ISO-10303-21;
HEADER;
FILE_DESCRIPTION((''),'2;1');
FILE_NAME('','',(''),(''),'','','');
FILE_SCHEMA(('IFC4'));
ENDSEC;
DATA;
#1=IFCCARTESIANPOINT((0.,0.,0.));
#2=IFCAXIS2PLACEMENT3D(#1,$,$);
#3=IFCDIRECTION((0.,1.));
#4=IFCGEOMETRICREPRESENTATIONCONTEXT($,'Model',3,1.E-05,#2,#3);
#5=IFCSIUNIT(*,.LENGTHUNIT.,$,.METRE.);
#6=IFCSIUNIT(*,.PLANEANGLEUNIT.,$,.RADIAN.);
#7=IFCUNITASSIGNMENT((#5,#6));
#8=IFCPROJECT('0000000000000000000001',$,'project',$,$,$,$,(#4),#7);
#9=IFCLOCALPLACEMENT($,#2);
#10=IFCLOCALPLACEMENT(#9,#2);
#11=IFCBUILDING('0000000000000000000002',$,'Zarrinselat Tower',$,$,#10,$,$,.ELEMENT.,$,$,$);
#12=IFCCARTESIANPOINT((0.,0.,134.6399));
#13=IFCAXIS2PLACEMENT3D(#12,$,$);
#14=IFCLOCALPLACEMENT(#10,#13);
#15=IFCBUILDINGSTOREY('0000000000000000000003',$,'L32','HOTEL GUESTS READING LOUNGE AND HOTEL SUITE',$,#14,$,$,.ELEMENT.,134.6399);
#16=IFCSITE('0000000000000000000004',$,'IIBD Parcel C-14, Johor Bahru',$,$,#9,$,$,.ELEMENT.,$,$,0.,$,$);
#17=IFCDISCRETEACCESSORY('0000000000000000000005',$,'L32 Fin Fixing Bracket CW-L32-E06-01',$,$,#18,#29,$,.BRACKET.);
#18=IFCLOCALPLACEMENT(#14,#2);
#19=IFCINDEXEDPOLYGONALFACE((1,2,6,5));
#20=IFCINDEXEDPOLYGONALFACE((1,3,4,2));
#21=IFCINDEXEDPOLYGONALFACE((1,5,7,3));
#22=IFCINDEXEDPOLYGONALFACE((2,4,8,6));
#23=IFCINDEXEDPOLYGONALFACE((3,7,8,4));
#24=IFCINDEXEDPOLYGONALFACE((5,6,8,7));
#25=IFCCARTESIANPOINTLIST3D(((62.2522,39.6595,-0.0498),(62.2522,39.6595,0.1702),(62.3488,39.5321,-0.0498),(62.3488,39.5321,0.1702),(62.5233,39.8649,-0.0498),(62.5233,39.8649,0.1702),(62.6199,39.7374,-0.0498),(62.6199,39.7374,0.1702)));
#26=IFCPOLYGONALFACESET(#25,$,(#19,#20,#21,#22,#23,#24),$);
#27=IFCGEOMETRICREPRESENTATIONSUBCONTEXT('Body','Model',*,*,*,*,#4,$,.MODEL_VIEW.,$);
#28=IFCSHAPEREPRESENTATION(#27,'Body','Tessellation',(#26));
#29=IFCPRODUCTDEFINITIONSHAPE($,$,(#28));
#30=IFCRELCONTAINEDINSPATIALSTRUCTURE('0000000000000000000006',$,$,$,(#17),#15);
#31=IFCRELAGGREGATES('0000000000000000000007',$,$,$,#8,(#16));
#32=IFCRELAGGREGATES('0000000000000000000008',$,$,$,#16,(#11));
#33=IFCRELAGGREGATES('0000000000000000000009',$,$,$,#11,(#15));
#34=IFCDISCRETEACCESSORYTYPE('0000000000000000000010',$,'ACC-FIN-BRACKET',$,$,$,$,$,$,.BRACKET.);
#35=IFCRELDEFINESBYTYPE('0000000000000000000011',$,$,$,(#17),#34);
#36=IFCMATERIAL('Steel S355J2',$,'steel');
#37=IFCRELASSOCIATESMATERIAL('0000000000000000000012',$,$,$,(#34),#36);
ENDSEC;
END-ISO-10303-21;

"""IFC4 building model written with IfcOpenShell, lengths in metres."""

from ifc_helpers import new_model, si_unit, direction, frame, origin, origin_2d, place, context, subcontext, project, spatial, rectangle, extrude, material, type_object, element, save


model = new_model("IFC4")

# Units and contexts
model_context = context("Model", 3, precision=1e-05, world=origin(), true_north=direction((0.0, 1.0)))
body_context = subcontext(model_context, "Body", "Model", "MODEL_VIEW")
ifc_project = project(units=[si_unit("LENGTHUNIT", "METRE"), si_unit("PLANEANGLEUNIT", "RADIAN")], contexts=[model_context])

# Site, building, storey
site_placement = place(None, origin())
site = spatial("IfcSite", under=ifc_project, at=site_placement, Name="IIBD Parcel C-14, Johor Bahru", CompositionType="ELEMENT", RefElevation=0.0)
building_placement = place(site_placement, origin())
building = spatial("IfcBuilding", under=site, at=building_placement, Name="Zarrinselat Tower", CompositionType="ELEMENT")
storey_placement = place(building_placement, frame((0.0, 0.0, 134.6399)))
storey = spatial("IfcBuildingStorey", under=building, at=storey_placement, Name="L32", Description="HOTEL GUESTS READING LOUNGE AND HOTEL SUITE", CompositionType="ELEMENT", Elevation=134.6399)

# Discrete accessory
ifc_material_1 = material(Name="Steel S355J2", Category="steel")
discrete_accessory_type = type_object("IfcDiscreteAccessoryType", Name="ACC-FIN-BRACKET", PredefinedType="BRACKET", material=ifc_material_1)
discrete_accessory_placement = place(storey_placement, frame((62.436, 39.6985, -0.0498), z_axis=(0.0, 0.0, 1.0), x_axis=(0.797091, 0.603859, 0.0)))
element("IfcDiscreteAccessory", 1, at=discrete_accessory_placement, inside=storey, type_object=discrete_accessory_type, Name="L32 Fin Fixing Bracket CW-L32-E06-01", PredefinedType="BRACKET", context=body_context, shape_type="SweptSolid", body=[
    extrude(rectangle(XDim=0.3401, YDim=0.1599, at=origin_2d()), origin(), (0.0, 0.0, 1.0), 0.22),
])

save(model, "model.ifc")
